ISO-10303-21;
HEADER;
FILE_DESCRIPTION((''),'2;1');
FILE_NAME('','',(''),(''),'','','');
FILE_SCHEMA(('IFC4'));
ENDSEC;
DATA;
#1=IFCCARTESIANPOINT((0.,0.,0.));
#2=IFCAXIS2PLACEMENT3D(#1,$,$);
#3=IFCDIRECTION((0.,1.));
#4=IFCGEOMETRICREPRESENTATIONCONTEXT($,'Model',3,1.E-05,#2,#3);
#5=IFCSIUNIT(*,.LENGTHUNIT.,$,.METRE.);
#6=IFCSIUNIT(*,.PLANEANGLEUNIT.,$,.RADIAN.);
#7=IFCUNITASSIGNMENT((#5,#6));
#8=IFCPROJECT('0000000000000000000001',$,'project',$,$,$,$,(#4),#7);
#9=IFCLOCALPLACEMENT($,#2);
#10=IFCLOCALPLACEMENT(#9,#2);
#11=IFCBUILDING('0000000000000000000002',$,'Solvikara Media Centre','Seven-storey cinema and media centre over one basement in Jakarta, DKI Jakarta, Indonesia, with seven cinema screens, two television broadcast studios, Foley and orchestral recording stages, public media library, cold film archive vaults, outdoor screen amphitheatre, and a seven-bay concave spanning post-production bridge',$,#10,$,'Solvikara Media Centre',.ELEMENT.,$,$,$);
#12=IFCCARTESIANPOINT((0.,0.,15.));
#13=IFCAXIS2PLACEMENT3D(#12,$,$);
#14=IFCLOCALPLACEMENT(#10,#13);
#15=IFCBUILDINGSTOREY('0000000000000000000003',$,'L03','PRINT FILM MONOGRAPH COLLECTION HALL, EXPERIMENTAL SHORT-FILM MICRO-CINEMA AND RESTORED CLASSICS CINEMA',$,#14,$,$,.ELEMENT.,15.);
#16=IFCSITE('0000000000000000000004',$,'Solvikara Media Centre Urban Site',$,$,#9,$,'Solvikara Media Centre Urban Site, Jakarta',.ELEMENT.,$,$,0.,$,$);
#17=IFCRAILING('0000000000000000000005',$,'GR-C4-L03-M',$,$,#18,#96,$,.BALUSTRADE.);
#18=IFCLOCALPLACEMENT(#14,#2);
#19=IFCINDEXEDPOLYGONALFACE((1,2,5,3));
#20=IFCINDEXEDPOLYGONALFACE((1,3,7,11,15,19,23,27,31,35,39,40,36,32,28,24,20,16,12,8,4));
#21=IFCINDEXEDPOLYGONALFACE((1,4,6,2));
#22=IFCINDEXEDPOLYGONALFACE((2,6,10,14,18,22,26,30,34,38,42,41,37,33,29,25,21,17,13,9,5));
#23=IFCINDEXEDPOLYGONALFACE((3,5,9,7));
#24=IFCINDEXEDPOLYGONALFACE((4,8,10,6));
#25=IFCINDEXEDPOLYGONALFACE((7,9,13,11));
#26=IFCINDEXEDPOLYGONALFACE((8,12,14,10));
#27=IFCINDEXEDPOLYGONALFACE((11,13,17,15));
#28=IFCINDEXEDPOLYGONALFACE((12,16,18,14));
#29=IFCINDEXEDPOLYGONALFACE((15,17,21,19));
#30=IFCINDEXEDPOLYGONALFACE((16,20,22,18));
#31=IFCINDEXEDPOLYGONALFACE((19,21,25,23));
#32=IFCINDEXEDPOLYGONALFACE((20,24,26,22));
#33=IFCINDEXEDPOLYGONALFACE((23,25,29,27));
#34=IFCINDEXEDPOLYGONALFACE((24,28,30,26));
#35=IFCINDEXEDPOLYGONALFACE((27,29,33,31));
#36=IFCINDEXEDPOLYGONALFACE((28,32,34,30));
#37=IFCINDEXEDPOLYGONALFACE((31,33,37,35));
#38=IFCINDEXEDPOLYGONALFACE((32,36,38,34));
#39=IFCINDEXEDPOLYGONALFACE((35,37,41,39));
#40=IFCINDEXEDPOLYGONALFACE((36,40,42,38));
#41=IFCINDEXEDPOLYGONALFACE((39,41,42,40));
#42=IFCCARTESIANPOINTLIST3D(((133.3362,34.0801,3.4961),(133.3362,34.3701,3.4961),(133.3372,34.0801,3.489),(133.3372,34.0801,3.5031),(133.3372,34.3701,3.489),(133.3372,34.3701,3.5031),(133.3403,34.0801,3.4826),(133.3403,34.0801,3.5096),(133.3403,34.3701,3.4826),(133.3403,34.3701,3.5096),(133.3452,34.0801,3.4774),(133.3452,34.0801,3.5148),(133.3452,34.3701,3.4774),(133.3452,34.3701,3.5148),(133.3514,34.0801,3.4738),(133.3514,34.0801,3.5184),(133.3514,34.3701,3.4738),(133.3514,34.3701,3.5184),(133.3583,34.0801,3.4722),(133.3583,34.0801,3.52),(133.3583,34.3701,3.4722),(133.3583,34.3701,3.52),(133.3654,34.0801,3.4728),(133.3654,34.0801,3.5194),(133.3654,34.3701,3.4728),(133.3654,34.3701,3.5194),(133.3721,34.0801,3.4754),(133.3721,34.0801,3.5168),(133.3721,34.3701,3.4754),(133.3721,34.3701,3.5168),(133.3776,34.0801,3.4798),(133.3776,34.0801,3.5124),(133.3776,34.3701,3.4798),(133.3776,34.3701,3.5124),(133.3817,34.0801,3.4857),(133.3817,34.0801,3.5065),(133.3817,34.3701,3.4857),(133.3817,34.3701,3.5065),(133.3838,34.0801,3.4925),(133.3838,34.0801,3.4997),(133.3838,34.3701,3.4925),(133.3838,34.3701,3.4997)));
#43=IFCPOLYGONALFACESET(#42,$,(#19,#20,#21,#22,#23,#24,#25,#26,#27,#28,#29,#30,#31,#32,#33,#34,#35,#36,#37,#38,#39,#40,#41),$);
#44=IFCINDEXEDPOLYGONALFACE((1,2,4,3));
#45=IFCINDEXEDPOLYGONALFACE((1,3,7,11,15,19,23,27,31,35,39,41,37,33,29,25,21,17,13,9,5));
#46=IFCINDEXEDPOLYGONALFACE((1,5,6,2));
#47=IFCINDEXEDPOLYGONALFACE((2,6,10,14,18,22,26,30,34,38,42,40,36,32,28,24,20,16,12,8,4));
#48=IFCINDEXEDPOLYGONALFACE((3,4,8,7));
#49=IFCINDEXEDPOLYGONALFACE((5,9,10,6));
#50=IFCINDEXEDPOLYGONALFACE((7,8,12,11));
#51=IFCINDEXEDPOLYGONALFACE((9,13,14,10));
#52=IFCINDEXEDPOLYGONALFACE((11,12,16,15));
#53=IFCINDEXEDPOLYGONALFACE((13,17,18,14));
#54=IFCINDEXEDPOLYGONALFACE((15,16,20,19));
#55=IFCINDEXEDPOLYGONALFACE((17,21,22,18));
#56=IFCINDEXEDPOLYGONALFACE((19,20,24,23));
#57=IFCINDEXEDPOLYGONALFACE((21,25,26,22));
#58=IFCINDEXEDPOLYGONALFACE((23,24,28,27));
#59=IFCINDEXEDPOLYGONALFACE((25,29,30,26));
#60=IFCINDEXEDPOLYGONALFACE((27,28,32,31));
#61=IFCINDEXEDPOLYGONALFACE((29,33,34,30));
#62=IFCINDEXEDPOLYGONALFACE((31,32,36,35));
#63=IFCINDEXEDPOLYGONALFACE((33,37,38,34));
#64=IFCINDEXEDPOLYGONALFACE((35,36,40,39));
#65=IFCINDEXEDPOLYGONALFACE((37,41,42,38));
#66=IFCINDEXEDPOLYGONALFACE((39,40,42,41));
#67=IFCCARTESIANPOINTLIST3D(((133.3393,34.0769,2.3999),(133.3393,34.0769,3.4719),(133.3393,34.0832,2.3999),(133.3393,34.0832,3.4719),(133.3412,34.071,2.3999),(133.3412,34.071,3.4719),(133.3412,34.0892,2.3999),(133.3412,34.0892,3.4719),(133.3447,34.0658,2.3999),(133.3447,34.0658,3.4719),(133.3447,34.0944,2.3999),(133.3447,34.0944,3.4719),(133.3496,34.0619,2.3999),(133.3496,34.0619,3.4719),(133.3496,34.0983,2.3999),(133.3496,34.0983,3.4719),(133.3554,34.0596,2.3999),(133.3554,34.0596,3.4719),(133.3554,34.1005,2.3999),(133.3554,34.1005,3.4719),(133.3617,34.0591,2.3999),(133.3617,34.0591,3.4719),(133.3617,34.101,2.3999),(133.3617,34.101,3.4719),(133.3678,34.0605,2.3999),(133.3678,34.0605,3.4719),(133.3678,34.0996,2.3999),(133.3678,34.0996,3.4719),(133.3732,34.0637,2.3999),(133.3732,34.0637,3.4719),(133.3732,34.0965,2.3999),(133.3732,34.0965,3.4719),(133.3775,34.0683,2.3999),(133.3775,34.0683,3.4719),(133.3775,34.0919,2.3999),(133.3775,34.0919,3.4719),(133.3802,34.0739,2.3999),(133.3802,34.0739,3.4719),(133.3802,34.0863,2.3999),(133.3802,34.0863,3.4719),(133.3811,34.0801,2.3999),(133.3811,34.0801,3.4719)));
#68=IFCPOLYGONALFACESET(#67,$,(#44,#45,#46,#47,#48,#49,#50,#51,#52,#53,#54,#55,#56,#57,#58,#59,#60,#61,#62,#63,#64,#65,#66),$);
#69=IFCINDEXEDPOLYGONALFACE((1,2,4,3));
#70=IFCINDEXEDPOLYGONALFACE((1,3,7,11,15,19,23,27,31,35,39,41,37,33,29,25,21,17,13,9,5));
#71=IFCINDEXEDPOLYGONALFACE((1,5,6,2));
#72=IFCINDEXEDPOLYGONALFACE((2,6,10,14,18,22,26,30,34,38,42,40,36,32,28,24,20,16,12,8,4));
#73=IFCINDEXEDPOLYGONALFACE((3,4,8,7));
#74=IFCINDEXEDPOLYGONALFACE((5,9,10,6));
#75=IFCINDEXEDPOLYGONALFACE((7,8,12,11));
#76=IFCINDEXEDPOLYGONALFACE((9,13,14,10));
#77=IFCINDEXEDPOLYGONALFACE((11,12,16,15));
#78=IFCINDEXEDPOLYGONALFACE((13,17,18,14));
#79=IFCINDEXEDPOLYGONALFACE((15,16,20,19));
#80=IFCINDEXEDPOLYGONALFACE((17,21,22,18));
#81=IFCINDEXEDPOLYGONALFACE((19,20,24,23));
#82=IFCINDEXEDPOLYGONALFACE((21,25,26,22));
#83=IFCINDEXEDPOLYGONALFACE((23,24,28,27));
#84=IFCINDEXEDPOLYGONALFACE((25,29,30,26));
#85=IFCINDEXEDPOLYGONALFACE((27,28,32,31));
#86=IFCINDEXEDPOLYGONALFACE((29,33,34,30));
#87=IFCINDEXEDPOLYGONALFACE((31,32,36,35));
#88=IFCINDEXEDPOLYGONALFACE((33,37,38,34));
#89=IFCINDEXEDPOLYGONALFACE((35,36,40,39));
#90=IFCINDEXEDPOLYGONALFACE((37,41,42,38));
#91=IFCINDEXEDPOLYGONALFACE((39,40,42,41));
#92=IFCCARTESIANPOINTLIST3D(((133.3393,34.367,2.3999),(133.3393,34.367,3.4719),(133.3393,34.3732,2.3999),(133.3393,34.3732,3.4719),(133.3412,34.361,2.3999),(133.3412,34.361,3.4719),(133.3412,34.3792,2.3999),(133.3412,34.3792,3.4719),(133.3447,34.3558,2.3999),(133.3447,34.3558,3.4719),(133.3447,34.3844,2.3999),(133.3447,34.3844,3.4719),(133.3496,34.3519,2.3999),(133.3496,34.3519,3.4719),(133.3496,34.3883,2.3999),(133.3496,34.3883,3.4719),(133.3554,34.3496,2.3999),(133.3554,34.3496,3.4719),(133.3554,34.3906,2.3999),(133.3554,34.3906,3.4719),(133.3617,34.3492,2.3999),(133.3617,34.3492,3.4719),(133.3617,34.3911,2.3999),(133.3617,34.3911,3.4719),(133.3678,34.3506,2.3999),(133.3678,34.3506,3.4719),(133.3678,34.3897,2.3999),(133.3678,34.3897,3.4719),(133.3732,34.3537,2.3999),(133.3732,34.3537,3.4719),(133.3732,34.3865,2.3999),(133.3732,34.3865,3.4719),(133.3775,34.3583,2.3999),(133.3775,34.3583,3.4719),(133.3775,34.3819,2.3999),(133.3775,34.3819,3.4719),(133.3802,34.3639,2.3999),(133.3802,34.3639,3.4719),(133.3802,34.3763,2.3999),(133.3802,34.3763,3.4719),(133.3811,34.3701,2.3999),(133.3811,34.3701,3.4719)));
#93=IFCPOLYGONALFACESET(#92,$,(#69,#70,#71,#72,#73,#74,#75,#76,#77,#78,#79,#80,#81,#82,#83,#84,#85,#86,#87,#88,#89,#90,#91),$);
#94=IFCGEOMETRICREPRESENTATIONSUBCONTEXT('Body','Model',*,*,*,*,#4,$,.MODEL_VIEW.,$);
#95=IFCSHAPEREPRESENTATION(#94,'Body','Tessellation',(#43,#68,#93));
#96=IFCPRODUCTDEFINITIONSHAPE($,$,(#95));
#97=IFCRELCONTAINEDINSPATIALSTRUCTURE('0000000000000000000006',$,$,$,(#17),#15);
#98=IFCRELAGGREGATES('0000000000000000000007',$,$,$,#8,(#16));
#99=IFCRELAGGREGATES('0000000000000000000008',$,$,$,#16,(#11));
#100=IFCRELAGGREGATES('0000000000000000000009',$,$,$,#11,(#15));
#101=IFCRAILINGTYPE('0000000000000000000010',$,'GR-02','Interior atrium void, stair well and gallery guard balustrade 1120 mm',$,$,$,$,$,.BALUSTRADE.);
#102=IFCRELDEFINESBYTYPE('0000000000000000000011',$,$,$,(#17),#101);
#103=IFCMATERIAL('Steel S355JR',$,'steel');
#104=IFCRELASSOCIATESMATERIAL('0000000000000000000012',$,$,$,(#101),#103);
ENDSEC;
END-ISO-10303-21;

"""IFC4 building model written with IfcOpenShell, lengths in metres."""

from ifc_helpers import new_model, si_unit, direction, frame, origin, origin_2d, place, context, subcontext, project, spatial, circle, extrude, material, type_object, element, save


model = new_model("IFC4")

# Units and contexts
model_context = context("Model", 3, precision=1e-05, world=origin(), true_north=direction((0.0, 1.0)))
body_context = subcontext(model_context, "Body", "Model", "MODEL_VIEW")
ifc_project = project(units=[si_unit("LENGTHUNIT", "METRE"), si_unit("PLANEANGLEUNIT", "RADIAN")], contexts=[model_context])

# Site, building, storey
site_placement = place(None, origin())
site = spatial("IfcSite", under=ifc_project, at=site_placement, Name="Solvikara Media Centre Urban Site", LongName="Solvikara Media Centre Urban Site, Jakarta", CompositionType="ELEMENT", RefElevation=0.0)
building_placement = place(site_placement, origin())
building = spatial("IfcBuilding", under=site, at=building_placement, Name="Solvikara Media Centre", Description="Seven-storey cinema and media centre over one basement in Jakarta, DKI Jakarta, Indonesia, with seven cinema screens, two television broadcast studios, Foley and orchestral recording stages, public media library, cold film archive vaults, outdoor screen amphitheatre, and a seven-bay concave spanning post-production bridge", LongName="Solvikara Media Centre", CompositionType="ELEMENT")
storey_placement = place(building_placement, frame((0.0, 0.0, 15.0)))
storey = spatial("IfcBuildingStorey", under=building, at=storey_placement, Name="L03", Description="PRINT FILM MONOGRAPH COLLECTION HALL, EXPERIMENTAL SHORT-FILM MICRO-CINEMA AND RESTORED CLASSICS CINEMA", CompositionType="ELEMENT", Elevation=15.0)

# Shared definitions
ifc_material_1 = material(Name="Steel S355JR", Category="steel")

# Railing
railing_type_1 = type_object("IfcRailingType", Name="GR-02", Description="Interior atrium void, stair well and gallery guard balustrade 1120 mm", PredefinedType="BALUSTRADE", material=ifc_material_1)
railing_1_placement = place(storey_placement, frame((133.3601, 34.0801, 2.3999)))
element("IfcRailing", 1, at=railing_1_placement, inside=storey, type_object=railing_type_1, Name="GR-C4-L03-M", PredefinedType="BALUSTRADE", context=body_context, shape_type="SweptSolid", body=[
    extrude(circle(Radius=0.0239, at=origin_2d()), frame((0.0, 0.0, 1.0962), z_axis=(0.0, 1.0, 0.0), x_axis=(-1.0, 0.0, 0.0)), (0.0, 0.0, 1.0), 0.29),
    extrude(circle(Radius=0.021, at=origin_2d()), origin(), (0.0, 0.0, 1.0), 1.072),
    extrude(circle(Radius=0.021, at=origin_2d()), frame((0.0, 0.29, 0.0)), (0.0, 0.0, 1.0), 1.072),
])

save(model, "model.ifc")
